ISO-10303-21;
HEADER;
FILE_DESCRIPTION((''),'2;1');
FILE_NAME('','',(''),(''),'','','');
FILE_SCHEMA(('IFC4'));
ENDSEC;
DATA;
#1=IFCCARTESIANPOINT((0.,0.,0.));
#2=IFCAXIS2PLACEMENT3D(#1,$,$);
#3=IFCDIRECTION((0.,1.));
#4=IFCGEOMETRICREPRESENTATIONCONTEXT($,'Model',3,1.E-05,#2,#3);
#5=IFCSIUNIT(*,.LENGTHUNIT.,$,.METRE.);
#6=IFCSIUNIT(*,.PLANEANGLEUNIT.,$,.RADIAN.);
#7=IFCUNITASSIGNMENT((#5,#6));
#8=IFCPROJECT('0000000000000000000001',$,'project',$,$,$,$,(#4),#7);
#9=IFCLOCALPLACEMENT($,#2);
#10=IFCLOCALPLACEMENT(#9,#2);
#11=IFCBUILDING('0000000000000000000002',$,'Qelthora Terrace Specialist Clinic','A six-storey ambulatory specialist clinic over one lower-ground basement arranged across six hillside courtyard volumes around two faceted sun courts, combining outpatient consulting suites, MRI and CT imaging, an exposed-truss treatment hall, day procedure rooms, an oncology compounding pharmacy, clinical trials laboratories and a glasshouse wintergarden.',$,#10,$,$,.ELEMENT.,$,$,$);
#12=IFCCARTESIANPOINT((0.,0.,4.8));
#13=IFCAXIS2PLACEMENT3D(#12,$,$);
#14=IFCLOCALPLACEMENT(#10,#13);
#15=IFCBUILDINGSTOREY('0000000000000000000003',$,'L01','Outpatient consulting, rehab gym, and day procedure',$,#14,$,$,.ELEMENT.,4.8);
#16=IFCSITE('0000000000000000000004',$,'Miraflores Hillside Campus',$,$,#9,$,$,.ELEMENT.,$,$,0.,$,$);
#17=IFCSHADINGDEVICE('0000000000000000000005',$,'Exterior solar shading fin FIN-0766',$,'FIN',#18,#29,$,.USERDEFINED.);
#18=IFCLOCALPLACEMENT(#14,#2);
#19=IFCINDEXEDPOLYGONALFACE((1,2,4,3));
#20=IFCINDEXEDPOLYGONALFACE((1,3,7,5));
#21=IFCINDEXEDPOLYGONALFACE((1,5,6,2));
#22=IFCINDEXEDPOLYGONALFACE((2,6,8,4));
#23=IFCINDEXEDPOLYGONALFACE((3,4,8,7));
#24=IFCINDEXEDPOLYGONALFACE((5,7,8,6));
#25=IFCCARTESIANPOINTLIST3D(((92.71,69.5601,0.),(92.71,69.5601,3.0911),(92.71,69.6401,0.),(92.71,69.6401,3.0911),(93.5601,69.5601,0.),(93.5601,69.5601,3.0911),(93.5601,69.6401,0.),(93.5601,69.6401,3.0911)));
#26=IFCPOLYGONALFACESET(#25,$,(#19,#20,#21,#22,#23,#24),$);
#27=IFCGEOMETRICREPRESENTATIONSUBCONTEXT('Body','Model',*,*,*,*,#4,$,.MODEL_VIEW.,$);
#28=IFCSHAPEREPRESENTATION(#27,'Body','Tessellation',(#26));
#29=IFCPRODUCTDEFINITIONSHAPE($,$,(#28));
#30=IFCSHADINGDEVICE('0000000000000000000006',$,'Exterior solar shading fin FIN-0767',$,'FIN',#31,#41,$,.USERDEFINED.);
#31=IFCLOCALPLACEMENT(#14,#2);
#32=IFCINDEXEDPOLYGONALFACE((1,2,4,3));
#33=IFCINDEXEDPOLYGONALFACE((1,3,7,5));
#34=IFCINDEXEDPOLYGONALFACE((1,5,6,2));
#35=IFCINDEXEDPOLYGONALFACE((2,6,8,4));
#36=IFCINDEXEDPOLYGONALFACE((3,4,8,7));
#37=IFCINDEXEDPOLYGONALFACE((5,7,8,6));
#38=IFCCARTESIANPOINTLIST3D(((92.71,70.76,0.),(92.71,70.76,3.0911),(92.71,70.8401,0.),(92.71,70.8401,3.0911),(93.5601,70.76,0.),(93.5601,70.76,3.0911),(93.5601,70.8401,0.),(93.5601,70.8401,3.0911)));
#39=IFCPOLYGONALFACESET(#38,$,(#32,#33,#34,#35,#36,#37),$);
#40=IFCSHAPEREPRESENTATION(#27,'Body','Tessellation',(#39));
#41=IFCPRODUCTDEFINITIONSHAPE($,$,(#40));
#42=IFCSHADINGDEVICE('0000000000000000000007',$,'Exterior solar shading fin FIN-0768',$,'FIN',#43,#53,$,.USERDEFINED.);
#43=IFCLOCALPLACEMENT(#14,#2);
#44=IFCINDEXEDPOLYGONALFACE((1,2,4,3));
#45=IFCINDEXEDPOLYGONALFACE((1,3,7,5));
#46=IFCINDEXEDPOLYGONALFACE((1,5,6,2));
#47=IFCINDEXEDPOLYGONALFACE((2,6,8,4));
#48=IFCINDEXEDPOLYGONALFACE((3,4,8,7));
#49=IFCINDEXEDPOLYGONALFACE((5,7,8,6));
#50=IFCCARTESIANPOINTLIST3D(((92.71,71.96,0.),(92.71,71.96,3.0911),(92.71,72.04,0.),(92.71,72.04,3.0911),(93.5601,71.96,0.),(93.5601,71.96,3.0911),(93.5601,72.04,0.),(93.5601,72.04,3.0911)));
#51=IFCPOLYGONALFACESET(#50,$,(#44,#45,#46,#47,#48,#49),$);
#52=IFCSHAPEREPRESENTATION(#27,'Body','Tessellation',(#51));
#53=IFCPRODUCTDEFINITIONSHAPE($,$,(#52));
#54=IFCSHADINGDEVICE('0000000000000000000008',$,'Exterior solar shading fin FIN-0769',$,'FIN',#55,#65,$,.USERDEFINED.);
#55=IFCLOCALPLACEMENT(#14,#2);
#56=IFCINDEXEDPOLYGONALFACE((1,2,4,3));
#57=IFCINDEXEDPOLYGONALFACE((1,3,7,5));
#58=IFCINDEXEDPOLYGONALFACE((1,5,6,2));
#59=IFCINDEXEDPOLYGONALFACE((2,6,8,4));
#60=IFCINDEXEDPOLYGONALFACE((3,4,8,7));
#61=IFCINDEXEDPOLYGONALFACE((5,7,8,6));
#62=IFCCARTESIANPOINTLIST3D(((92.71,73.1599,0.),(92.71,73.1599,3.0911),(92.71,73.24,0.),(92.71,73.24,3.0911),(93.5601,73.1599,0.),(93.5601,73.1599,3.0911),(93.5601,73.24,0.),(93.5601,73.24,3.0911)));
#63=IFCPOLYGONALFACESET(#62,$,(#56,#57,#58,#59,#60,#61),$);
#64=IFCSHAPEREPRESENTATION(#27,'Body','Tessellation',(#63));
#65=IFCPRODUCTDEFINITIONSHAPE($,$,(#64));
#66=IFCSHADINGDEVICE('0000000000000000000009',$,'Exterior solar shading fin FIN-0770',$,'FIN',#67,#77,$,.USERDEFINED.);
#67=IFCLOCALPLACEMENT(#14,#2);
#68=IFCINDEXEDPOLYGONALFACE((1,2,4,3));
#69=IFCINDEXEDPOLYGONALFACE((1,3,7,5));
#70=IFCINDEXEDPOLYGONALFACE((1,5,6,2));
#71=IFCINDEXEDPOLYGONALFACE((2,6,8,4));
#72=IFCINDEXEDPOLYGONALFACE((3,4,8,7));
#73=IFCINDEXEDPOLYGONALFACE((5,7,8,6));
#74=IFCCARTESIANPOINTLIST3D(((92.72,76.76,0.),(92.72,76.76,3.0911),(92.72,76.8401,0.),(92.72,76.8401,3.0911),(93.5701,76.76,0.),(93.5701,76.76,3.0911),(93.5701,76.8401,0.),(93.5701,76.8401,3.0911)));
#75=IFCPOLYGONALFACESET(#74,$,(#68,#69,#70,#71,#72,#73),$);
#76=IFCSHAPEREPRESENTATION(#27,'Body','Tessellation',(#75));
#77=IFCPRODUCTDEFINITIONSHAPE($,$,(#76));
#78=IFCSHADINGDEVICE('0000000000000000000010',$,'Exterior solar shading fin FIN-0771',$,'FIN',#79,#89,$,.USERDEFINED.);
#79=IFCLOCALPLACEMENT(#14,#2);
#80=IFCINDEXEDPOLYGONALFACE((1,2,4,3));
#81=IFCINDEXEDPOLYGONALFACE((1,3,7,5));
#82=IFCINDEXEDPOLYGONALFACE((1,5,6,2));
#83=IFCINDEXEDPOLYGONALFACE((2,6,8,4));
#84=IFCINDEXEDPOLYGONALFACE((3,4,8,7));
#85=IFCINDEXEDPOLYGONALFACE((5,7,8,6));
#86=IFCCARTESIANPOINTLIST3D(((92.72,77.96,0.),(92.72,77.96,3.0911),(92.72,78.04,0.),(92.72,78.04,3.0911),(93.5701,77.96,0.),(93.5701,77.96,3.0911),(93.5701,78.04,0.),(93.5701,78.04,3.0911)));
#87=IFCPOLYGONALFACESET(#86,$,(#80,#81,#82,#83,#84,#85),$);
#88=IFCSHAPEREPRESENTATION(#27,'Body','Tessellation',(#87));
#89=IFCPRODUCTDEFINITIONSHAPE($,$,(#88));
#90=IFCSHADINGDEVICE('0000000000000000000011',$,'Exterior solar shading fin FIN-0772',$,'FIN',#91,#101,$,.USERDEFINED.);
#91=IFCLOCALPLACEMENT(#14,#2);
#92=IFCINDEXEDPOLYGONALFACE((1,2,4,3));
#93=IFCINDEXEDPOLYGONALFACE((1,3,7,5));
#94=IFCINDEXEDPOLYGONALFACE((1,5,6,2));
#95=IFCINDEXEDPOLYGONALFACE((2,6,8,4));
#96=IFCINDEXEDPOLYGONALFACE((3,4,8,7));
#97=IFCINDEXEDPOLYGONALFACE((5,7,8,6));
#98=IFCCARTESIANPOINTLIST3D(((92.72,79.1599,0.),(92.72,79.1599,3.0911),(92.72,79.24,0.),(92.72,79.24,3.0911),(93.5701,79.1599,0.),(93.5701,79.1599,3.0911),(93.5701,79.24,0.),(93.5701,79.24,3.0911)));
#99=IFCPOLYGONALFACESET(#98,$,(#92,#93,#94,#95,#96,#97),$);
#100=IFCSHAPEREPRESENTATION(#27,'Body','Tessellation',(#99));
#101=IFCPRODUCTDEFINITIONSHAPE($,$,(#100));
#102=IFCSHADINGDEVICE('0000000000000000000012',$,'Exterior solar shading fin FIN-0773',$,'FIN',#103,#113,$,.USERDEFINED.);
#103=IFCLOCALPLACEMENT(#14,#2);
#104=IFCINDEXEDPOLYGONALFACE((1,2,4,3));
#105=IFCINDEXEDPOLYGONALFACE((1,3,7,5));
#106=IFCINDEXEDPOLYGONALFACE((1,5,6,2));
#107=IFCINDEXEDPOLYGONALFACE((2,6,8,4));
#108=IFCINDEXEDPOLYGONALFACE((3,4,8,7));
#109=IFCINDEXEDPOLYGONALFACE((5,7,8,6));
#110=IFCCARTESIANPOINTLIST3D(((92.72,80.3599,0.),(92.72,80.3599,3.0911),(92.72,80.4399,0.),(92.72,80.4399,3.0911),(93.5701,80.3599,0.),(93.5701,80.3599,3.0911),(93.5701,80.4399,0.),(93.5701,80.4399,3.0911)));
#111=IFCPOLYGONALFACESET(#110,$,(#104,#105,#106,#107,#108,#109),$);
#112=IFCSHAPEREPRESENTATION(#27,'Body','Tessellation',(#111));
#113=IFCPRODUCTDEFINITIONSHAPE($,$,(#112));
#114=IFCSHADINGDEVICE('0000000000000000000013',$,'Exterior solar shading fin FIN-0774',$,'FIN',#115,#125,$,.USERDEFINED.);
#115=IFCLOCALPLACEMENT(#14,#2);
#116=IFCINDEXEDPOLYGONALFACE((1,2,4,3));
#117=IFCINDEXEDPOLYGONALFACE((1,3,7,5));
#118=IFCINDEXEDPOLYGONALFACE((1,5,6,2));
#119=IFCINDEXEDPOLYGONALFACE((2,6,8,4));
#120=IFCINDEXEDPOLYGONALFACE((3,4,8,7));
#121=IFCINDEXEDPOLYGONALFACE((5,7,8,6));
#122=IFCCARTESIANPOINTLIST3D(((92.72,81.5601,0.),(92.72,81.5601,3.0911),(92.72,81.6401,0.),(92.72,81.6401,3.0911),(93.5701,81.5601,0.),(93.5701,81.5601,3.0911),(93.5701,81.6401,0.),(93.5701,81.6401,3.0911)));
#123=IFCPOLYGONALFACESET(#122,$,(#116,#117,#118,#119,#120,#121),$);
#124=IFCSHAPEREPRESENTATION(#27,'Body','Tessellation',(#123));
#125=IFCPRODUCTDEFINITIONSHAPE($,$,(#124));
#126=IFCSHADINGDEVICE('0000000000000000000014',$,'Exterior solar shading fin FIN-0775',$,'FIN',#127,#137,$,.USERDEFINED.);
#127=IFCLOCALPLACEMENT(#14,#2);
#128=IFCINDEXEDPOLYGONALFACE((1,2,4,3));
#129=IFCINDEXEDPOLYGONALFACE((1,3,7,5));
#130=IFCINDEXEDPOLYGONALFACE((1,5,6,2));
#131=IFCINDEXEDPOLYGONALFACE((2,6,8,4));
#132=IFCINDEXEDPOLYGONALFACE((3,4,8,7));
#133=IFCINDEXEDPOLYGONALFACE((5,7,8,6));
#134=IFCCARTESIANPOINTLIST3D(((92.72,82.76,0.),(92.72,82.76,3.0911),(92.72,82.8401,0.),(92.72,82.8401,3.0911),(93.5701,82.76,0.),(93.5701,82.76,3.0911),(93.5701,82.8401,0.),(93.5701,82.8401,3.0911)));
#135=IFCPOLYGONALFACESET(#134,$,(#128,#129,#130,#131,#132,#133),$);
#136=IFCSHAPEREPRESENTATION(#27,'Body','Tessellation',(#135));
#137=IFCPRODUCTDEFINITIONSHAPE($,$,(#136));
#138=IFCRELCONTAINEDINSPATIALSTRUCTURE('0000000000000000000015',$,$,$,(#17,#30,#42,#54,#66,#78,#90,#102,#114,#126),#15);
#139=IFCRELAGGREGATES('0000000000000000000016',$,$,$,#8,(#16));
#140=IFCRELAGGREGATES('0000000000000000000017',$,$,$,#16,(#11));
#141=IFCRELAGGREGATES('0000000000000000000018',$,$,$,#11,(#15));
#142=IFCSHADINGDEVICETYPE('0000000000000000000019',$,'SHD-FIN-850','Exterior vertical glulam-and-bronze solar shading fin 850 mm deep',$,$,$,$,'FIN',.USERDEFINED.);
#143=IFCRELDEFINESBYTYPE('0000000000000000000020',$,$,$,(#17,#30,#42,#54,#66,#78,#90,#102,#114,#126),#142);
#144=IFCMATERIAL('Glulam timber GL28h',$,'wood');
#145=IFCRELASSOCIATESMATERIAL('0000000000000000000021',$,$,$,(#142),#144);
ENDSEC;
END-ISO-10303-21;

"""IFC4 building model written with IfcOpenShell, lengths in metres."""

from ifc_helpers import new_model, si_unit, direction, frame, origin, origin_2d, place, context, subcontext, project, spatial, rectangle, extrude, material, type_object, element, save


model = new_model("IFC4")

# Units and contexts
model_context = context("Model", 3, precision=1e-05, world=origin(), true_north=direction((0.0, 1.0)))
body_context = subcontext(model_context, "Body", "Model", "MODEL_VIEW")
ifc_project = project(units=[si_unit("LENGTHUNIT", "METRE"), si_unit("PLANEANGLEUNIT", "RADIAN")], contexts=[model_context])

# Site, building, storey
site_placement = place(None, origin())
site = spatial("IfcSite", under=ifc_project, at=site_placement, Name="Miraflores Hillside Campus", CompositionType="ELEMENT", RefElevation=0.0)
building_placement = place(site_placement, origin())
building = spatial("IfcBuilding", under=site, at=building_placement, Name="Qelthora Terrace Specialist Clinic", Description="A six-storey ambulatory specialist clinic over one lower-ground basement arranged across six hillside courtyard volumes around two faceted sun courts, combining outpatient consulting suites, MRI and CT imaging, an exposed-truss treatment hall, day procedure rooms, an oncology compounding pharmacy, clinical trials laboratories and a glasshouse wintergarden.", CompositionType="ELEMENT")
storey_placement = place(building_placement, frame((0.0, 0.0, 4.8)))
storey = spatial("IfcBuildingStorey", under=building, at=storey_placement, Name="L01", Description="Outpatient consulting, rehab gym, and day procedure", CompositionType="ELEMENT", Elevation=4.8)

# Shared definitions
ifc_material_1 = material(Name="Glulam timber GL28h", Category="wood")

# Shading devices
shading_device_type = type_object("IfcShadingDeviceType", Name="SHD-FIN-850", Description="Exterior vertical glulam-and-bronze solar shading fin 850 mm deep", ElementType="FIN", PredefinedType="USERDEFINED", material=ifc_material_1)
for number, where, z_axis, x_axis, name in (
    (1, (93.135, 69.6001, 0.0), (0.0, 0.0, 1.0), (-1.0, 0.0, 0.0), "Exterior solar shading fin FIN-0766"),
    (2, (93.135, 70.8, 0.0), (0.0, 0.0, 1.0), (-1.0, 0.0, 0.0), "Exterior solar shading fin FIN-0767"),
    (3, (93.135, 72.0, 0.0), (0.0, 0.0, 1.0), (-1.0, 0.0, 0.0), "Exterior solar shading fin FIN-0768"),
    (4, (93.135, 73.2, 0.0), (0.0, 0.0, 1.0), (-1.0, 0.0, 0.0), "Exterior solar shading fin FIN-0769"),
    (5, (93.145, 76.8, 0.0), (0.0, 0.0, 1.0), (-1.0, 0.0, 0.0), "Exterior solar shading fin FIN-0770"),
    (6, (93.145, 78.0, 0.0), (0.0, 0.0, 1.0), (-1.0, 0.0, 0.0), "Exterior solar shading fin FIN-0771"),
    (7, (93.145, 79.2, 0.0), (0.0, 0.0, 1.0), (-1.0, 0.0, 0.0), "Exterior solar shading fin FIN-0772"),
    (8, (93.145, 80.3999, 0.0), (0.0, 0.0, 1.0), (-1.0, 0.0, 0.0), "Exterior solar shading fin FIN-0773"),
    (9, (93.145, 81.6001, 0.0), (0.0, 0.0, 1.0), (-1.0, 0.0, 0.0), "Exterior solar shading fin FIN-0774"),
    (10, (93.145, 82.8, 0.0), (0.0, 0.0, 1.0), (-1.0, 0.0, 0.0), "Exterior solar shading fin FIN-0775"),
):
    element("IfcShadingDevice", number, at=place(storey_placement, frame(where, z_axis=z_axis, x_axis=x_axis)), inside=storey, type_object=shading_device_type, Name=name, ObjectType="FIN", PredefinedType="USERDEFINED", context=body_context, shape_type="SweptSolid", body=[
        extrude(rectangle(XDim=0.8501, YDim=0.0801, at=origin_2d()), origin(), (0.0, 0.0, 1.0), 3.0911),
    ])

save(model, "model.ifc")
